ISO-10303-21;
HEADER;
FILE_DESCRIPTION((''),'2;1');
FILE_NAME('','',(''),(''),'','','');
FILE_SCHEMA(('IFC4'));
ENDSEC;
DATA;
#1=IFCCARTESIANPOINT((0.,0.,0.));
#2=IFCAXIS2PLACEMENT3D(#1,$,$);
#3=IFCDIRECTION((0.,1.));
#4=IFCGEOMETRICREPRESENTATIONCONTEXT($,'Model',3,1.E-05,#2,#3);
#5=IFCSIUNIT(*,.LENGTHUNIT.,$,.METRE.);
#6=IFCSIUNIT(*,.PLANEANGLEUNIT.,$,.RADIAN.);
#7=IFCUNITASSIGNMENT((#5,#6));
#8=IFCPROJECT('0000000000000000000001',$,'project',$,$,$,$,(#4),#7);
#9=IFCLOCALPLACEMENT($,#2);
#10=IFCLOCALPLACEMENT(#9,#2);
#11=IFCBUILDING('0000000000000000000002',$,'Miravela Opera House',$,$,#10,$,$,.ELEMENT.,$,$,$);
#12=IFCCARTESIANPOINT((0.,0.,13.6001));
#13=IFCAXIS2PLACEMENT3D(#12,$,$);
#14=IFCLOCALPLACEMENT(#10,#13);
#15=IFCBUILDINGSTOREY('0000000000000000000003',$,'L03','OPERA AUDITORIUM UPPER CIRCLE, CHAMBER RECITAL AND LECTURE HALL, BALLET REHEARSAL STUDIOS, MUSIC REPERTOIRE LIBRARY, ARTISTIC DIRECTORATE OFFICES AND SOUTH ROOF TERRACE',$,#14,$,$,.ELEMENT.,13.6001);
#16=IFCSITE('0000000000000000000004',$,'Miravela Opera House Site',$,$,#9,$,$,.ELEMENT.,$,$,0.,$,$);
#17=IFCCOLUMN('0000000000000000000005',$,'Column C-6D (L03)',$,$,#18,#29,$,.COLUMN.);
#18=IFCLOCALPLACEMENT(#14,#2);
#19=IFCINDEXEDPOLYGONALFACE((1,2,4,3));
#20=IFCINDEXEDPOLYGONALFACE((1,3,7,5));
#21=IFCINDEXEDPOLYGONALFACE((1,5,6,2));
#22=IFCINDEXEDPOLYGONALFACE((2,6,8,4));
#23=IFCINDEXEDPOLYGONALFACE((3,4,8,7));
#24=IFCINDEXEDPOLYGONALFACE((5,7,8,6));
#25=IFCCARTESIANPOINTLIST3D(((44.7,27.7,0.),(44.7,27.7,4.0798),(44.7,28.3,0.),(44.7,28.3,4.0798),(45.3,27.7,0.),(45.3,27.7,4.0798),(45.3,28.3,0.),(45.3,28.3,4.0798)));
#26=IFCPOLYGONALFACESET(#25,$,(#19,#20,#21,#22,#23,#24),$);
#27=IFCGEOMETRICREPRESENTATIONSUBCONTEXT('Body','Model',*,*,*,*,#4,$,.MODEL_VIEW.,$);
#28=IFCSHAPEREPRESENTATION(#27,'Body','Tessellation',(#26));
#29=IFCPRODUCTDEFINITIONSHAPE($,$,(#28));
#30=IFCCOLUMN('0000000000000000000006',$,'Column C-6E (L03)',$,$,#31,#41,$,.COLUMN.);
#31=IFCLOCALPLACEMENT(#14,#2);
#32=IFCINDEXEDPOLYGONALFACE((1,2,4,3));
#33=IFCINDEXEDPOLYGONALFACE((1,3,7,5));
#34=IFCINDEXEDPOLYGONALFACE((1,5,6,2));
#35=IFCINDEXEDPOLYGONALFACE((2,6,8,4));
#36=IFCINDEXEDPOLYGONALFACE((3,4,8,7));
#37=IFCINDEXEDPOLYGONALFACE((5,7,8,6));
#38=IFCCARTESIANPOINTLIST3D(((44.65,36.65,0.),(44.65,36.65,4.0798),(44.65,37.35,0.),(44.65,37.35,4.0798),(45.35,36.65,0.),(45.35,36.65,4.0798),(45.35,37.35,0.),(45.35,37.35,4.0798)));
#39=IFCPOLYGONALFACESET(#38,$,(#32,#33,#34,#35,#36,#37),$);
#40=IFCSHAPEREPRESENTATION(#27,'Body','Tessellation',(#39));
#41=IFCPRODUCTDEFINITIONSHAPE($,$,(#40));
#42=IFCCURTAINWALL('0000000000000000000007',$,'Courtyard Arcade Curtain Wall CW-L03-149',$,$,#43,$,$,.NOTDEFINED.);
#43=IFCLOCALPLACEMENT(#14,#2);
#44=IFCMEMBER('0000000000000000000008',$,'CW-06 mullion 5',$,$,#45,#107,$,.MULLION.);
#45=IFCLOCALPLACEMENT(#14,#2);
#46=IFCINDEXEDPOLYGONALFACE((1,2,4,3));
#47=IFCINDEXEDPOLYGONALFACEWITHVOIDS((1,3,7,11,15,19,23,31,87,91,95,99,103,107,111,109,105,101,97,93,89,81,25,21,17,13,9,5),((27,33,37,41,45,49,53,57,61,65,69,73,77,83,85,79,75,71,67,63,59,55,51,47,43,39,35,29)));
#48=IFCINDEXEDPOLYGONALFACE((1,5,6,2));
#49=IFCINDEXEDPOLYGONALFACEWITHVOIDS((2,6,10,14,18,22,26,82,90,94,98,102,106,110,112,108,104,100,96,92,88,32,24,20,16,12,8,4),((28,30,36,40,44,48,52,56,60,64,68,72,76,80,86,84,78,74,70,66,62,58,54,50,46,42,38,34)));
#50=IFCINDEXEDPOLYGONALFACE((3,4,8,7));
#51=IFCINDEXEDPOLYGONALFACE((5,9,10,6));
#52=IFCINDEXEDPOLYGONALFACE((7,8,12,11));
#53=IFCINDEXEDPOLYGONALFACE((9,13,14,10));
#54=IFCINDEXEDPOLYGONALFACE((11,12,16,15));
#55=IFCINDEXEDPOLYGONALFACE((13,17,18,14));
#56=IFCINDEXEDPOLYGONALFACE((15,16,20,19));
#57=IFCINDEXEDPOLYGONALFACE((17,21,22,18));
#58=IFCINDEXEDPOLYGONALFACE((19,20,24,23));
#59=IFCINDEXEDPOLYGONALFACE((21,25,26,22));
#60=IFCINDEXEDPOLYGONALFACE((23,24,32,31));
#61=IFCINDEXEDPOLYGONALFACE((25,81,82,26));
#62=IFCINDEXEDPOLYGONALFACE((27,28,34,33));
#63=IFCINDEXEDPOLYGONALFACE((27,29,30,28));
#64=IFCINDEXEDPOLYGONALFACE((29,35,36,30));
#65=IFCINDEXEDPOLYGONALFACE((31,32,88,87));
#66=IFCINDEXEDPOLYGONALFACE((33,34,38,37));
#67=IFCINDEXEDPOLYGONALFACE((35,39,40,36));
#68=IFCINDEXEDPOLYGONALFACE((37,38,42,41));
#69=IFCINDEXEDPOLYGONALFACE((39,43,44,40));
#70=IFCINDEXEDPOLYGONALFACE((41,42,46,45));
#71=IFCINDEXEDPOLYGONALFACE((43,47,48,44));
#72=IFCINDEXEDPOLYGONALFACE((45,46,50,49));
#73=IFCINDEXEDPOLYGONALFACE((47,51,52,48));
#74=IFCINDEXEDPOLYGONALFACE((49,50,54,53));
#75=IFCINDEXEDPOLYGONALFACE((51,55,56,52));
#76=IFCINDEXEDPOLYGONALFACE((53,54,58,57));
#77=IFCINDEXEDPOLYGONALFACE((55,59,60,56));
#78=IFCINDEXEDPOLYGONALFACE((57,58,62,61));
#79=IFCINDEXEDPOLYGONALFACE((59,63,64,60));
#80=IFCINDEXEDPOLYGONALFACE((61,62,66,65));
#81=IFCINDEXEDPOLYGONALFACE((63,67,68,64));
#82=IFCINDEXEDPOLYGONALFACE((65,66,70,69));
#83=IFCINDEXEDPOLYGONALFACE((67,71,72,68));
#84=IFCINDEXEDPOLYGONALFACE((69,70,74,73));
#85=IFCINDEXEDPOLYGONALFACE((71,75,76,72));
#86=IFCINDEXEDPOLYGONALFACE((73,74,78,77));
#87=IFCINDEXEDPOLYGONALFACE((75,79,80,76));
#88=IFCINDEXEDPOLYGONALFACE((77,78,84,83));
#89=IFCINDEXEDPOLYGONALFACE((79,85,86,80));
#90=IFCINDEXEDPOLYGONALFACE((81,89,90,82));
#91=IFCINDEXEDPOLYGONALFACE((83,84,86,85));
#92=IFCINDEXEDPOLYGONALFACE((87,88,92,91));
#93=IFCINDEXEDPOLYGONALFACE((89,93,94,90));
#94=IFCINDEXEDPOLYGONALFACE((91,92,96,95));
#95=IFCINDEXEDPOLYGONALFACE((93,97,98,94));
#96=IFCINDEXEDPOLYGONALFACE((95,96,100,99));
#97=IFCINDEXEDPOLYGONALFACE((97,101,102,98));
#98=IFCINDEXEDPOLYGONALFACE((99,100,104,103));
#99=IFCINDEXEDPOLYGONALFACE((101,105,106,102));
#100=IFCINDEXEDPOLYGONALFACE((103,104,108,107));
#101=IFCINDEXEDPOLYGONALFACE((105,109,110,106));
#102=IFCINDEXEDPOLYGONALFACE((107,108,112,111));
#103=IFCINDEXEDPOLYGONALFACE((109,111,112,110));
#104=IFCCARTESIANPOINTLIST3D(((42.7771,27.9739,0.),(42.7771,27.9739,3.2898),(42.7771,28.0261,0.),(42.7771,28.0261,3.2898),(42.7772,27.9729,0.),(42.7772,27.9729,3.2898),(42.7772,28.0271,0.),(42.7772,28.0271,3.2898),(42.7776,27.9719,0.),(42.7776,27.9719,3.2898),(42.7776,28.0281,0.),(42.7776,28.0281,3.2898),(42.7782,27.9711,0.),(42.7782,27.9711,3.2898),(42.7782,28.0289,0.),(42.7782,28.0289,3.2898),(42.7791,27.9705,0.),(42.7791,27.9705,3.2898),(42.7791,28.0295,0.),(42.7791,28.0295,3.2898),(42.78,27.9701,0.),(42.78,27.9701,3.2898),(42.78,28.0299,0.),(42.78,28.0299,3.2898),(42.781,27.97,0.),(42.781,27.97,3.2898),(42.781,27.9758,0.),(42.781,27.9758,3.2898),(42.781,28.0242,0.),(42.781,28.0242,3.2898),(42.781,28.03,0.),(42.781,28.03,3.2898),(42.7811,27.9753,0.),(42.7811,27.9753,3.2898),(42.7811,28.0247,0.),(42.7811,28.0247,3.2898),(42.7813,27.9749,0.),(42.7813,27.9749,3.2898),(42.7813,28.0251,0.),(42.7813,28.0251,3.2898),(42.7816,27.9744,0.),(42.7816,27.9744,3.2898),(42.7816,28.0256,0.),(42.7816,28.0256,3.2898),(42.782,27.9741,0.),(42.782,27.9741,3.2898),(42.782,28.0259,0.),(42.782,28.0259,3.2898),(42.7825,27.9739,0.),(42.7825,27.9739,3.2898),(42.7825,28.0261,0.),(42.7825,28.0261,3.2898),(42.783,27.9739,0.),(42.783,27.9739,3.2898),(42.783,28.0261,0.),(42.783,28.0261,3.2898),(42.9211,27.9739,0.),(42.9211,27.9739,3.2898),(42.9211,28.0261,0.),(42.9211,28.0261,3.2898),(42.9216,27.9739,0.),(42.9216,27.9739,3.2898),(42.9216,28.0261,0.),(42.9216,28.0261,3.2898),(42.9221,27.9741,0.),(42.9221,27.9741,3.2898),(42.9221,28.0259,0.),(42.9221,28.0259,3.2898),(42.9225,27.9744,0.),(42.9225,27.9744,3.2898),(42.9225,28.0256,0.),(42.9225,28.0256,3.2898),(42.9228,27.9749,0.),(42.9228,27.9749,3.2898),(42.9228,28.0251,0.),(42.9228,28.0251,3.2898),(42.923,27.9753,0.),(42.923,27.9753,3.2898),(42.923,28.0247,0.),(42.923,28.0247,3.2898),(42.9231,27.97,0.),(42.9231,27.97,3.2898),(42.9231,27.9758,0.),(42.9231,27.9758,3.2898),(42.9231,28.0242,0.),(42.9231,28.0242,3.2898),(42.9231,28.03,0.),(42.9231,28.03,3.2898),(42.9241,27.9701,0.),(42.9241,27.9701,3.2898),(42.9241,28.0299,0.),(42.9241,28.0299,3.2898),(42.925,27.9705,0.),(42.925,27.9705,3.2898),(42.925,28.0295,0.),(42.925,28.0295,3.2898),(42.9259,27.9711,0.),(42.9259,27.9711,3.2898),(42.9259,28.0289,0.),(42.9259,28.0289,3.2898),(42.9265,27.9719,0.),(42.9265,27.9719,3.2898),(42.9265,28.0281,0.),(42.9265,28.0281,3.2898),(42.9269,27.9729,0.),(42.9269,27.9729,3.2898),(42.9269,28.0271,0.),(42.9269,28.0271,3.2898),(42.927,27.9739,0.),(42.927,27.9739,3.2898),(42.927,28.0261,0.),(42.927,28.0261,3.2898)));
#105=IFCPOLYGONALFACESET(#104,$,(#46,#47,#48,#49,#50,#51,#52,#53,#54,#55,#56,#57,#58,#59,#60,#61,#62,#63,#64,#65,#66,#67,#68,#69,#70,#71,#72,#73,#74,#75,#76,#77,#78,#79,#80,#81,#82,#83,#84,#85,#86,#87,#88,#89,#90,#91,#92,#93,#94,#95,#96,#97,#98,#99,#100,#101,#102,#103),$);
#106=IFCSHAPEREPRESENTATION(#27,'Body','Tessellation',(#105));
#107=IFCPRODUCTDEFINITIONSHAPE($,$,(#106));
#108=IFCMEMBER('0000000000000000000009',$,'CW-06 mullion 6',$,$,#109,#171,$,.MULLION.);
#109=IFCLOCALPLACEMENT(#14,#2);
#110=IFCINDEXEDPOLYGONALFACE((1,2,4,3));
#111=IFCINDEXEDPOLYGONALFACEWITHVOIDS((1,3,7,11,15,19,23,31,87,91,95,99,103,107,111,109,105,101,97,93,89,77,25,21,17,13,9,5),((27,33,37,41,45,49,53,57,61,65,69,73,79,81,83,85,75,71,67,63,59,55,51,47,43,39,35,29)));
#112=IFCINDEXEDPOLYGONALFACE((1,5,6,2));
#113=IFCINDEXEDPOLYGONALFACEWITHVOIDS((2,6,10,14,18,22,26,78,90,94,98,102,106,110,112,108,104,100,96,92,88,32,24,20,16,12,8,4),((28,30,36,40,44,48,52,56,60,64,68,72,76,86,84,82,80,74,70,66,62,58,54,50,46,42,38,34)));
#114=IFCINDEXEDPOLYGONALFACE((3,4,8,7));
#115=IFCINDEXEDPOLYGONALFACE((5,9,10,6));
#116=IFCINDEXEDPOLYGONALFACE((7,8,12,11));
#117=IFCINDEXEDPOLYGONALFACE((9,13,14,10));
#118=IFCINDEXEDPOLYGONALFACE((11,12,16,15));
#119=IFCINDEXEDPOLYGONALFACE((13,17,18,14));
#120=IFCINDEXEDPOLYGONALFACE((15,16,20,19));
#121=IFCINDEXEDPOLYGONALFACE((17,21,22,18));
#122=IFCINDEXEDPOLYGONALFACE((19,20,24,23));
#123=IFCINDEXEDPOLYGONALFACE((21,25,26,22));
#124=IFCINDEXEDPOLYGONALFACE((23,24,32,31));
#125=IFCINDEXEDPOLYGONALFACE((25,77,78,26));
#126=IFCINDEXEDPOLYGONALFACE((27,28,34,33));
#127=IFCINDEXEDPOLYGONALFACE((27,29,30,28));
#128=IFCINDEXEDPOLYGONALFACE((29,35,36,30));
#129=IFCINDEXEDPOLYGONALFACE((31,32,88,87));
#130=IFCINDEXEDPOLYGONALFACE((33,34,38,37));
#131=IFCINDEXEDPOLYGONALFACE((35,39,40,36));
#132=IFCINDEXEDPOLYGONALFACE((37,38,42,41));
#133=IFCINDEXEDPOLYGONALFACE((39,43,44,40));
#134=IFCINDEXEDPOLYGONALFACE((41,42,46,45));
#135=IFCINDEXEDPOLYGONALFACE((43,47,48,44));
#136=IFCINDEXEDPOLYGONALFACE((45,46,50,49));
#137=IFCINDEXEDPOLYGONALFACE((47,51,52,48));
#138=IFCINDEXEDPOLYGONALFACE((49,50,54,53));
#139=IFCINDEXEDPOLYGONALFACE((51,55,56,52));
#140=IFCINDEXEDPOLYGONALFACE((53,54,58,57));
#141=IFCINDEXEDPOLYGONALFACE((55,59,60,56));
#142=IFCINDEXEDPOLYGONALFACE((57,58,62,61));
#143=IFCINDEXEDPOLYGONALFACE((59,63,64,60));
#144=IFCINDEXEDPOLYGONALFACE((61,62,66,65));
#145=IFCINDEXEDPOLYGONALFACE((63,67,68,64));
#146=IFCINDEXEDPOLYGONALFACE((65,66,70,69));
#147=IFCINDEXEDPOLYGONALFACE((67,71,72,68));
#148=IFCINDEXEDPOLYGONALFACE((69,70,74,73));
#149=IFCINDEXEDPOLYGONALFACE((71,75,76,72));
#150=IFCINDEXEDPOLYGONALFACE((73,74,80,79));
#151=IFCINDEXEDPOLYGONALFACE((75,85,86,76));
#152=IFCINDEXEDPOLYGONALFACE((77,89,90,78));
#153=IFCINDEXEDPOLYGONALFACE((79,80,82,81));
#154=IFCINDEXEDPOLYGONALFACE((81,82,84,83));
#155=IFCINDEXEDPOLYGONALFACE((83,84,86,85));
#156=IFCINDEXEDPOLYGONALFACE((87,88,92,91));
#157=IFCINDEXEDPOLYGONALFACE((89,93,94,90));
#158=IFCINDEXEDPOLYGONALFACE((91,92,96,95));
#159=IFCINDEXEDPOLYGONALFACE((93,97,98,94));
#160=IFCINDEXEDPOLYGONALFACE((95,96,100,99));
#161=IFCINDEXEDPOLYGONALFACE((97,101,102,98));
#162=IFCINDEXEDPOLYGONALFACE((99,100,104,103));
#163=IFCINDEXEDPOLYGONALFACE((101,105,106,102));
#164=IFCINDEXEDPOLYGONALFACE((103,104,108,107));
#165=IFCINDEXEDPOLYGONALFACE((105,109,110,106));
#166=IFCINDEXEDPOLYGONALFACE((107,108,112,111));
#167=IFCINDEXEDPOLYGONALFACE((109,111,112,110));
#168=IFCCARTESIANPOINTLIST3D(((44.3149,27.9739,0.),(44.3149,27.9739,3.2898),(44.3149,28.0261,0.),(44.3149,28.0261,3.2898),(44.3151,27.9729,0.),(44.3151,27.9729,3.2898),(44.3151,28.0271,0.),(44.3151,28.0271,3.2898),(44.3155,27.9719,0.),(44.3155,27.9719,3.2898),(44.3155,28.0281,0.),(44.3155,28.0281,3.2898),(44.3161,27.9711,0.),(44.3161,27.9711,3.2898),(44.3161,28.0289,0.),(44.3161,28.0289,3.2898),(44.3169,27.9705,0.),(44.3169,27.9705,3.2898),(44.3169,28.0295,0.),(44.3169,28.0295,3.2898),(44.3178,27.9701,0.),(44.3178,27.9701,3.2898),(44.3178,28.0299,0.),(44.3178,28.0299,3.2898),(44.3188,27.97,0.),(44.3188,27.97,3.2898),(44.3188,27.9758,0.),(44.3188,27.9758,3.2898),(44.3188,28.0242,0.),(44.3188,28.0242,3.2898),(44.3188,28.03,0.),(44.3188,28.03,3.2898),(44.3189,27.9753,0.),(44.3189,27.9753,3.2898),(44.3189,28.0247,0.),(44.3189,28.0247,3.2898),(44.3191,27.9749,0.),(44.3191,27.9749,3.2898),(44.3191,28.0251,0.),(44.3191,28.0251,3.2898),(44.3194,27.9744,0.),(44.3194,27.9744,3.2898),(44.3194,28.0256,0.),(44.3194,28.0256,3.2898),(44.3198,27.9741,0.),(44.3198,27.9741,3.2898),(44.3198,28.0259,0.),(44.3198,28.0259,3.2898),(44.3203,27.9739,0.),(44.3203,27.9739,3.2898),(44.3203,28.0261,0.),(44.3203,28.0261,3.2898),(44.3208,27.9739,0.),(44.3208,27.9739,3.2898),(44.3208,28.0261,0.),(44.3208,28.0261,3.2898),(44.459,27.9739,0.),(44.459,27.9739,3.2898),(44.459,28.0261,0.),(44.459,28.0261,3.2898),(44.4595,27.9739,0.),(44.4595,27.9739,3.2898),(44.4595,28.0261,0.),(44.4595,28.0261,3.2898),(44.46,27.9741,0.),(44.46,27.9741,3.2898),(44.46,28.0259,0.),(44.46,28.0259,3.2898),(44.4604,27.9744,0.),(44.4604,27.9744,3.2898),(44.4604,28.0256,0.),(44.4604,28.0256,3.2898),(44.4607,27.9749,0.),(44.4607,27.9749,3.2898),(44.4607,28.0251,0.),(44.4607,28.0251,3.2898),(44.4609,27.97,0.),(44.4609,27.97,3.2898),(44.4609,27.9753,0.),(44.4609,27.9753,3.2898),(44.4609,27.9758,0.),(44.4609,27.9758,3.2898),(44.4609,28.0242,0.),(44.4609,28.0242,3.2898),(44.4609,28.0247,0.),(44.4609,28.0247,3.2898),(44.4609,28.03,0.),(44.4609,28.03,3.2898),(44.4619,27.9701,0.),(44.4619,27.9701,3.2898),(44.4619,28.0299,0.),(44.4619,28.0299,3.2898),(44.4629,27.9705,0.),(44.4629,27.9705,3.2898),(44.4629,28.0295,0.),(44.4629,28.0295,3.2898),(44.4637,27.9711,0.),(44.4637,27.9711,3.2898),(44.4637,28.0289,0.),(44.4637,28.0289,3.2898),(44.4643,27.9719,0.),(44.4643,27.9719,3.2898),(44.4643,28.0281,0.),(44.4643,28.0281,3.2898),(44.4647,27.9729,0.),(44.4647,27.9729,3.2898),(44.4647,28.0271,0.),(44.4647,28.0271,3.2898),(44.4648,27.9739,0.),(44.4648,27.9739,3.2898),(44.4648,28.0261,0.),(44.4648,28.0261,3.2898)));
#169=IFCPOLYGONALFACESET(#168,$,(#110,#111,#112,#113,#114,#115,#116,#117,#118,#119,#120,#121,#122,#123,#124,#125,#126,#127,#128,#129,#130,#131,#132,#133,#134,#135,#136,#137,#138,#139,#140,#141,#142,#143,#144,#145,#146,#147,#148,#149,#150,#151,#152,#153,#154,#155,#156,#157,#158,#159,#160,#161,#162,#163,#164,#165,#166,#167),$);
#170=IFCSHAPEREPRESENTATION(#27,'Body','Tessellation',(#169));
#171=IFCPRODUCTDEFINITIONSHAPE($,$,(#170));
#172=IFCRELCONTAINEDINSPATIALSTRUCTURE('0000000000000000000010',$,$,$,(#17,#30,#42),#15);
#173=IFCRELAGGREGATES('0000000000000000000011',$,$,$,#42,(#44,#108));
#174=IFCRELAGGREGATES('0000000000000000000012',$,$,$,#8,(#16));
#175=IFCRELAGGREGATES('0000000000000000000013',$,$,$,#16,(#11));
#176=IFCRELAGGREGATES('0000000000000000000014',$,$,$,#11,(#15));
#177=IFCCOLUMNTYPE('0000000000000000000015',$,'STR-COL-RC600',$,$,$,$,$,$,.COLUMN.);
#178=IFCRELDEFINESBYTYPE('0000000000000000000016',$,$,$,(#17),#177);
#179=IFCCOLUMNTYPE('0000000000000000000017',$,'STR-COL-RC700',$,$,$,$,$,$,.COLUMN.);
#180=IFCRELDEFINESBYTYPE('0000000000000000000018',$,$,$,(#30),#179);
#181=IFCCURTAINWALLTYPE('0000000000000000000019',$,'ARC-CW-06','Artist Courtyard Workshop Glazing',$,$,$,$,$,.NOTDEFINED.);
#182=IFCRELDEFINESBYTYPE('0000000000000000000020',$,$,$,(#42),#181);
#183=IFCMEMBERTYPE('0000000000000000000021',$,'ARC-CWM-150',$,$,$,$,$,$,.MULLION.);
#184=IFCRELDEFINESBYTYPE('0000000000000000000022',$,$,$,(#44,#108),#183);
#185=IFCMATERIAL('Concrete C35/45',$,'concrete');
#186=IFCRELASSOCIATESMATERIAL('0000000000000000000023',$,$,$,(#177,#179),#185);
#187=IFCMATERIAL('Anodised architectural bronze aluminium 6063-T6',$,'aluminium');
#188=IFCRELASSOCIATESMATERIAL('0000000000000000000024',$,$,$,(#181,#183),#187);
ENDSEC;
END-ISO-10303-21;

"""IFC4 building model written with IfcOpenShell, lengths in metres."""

from ifc_helpers import new_model, si_unit, direction, frame, origin, origin_2d, place, context, subcontext, project, spatial, rectangle, hollow_rectangle, extrude, material, material_profile, profile_set, type_object, element, aggregate, save


model = new_model("IFC4")

# Units and contexts
model_context = context("Model", 3, precision=1e-05, world=origin(), true_north=direction((0.0, 1.0)))
body_context = subcontext(model_context, "Body", "Model", "MODEL_VIEW")
ifc_project = project(units=[si_unit("LENGTHUNIT", "METRE"), si_unit("PLANEANGLEUNIT", "RADIAN")], contexts=[model_context])

# Site, building, storey
site_placement = place(None, origin())
site = spatial("IfcSite", under=ifc_project, at=site_placement, Name="Miravela Opera House Site", CompositionType="ELEMENT", RefElevation=0.0)
building_placement = place(site_placement, origin())
building = spatial("IfcBuilding", under=site, at=building_placement, Name="Miravela Opera House", CompositionType="ELEMENT")
storey_placement = place(building_placement, frame((0.0, 0.0, 13.6001)))
storey = spatial("IfcBuildingStorey", under=building, at=storey_placement, Name="L03", Description="OPERA AUDITORIUM UPPER CIRCLE, CHAMBER RECITAL AND LECTURE HALL, BALLET REHEARSAL STUDIOS, MUSIC REPERTOIRE LIBRARY, ARTISTIC DIRECTORATE OFFICES AND SOUTH ROOF TERRACE", CompositionType="ELEMENT", Elevation=13.6001)

# Columns
ifc_material_1 = material(Name="Concrete C35/45", Category="concrete")
ifc_material_profile_1 = material_profile(ifc_material_1, rectangle(XDim=0.6001, YDim=0.6001, at=origin_2d()), Name="RC-COL-600X600")
ifc_profile_set_1 = profile_set([ifc_material_profile_1])
column_type_1 = type_object("IfcColumnType", Name="STR-COL-RC600", PredefinedType="COLUMN", material=ifc_profile_set_1)
column_1_placement = place(storey_placement, frame((45.0, 28.0, 0.0), z_axis=(0.0, 0.0, 1.0), x_axis=(1.0, 0.0, 0.0)))
element("IfcColumn", 1, at=column_1_placement, inside=storey, type_object=column_type_1, Name="Column C-6D (L03)", PredefinedType="COLUMN", context=body_context, shape_type="SweptSolid", body=[
    extrude(rectangle(XDim=0.6001, YDim=0.6001, at=origin_2d()), origin(), (0.0, 0.0, 1.0), 4.0798),
])
ifc_material_profile_2 = material_profile(ifc_material_1, rectangle(XDim=0.7, YDim=0.7, at=origin_2d()), Name="RC-COL-700X700")
ifc_profile_set_2 = profile_set([ifc_material_profile_2])
column_type_2 = type_object("IfcColumnType", Name="STR-COL-RC700", PredefinedType="COLUMN", material=ifc_profile_set_2)
column_2_placement = place(storey_placement, frame((45.0, 37.0, 0.0), z_axis=(0.0, 0.0, 1.0), x_axis=(1.0, 0.0, 0.0)))
element("IfcColumn", 2, at=column_2_placement, inside=storey, type_object=column_type_2, Name="Column C-6E (L03)", PredefinedType="COLUMN", context=body_context, shape_type="SweptSolid", body=[
    extrude(rectangle(XDim=0.7, YDim=0.7, at=origin_2d()), origin(), (0.0, 0.0, 1.0), 4.0798),
])

# Curtain wall, members
ifc_material_2 = material(Name="Anodised architectural bronze aluminium 6063-T6", Category="aluminium")
curtain_wall_type = type_object("IfcCurtainWallType", Name="ARC-CW-06", Description="Artist Courtyard Workshop Glazing", PredefinedType="NOTDEFINED", material=ifc_material_2)
curtain_wall_1_placement = place(storey_placement, origin())
curtain_wall_1 = element("IfcCurtainWall", 3, at=curtain_wall_1_placement, inside=storey, type_object=curtain_wall_type, Name="Courtyard Arcade Curtain Wall CW-L03-149", PredefinedType="NOTDEFINED")
ifc_material_profile_3 = material_profile(ifc_material_2, hollow_rectangle(XDim=0.0601, YDim=0.1499, WallThickness=0.0039, InnerFilletRadius=0.002, OuterFilletRadius=0.0039, at=origin_2d()), Name="CWM-60X150")
ifc_profile_set_3 = profile_set([ifc_material_profile_3])
member_type_1 = type_object("IfcMemberType", Name="ARC-CWM-150", PredefinedType="MULLION", material=ifc_profile_set_3)
member_1_placement = place(storey_placement, frame((42.8521, 28.0, 0.0), z_axis=(0.0, 0.0, 1.0), x_axis=(0.0, 1.0, 0.0)))
member_1 = element("IfcMember", 4, at=member_1_placement, type_object=member_type_1, Name="CW-06 mullion 5", PredefinedType="MULLION", context=body_context, shape_type="SweptSolid", body=[
    extrude(hollow_rectangle(XDim=0.0601, YDim=0.1499, WallThickness=0.0039, InnerFilletRadius=0.002, OuterFilletRadius=0.0039, at=origin_2d()), origin(), (0.0, 0.0, 1.0), 3.2898),
])
member_2_placement = place(storey_placement, frame((44.3899, 28.0, 0.0), z_axis=(0.0, 0.0, 1.0), x_axis=(0.0, 1.0, 0.0)))
member_2 = element("IfcMember", 5, at=member_2_placement, type_object=member_type_1, Name="CW-06 mullion 6", PredefinedType="MULLION", context=body_context, shape_type="SweptSolid", body=[
    extrude(hollow_rectangle(XDim=0.0601, YDim=0.1499, WallThickness=0.0039, InnerFilletRadius=0.002, OuterFilletRadius=0.0039, at=origin_2d()), origin(), (0.0, 0.0, 1.0), 3.2898),
])

aggregate(curtain_wall_1, [member_1, member_2])

save(model, "model.ifc")
